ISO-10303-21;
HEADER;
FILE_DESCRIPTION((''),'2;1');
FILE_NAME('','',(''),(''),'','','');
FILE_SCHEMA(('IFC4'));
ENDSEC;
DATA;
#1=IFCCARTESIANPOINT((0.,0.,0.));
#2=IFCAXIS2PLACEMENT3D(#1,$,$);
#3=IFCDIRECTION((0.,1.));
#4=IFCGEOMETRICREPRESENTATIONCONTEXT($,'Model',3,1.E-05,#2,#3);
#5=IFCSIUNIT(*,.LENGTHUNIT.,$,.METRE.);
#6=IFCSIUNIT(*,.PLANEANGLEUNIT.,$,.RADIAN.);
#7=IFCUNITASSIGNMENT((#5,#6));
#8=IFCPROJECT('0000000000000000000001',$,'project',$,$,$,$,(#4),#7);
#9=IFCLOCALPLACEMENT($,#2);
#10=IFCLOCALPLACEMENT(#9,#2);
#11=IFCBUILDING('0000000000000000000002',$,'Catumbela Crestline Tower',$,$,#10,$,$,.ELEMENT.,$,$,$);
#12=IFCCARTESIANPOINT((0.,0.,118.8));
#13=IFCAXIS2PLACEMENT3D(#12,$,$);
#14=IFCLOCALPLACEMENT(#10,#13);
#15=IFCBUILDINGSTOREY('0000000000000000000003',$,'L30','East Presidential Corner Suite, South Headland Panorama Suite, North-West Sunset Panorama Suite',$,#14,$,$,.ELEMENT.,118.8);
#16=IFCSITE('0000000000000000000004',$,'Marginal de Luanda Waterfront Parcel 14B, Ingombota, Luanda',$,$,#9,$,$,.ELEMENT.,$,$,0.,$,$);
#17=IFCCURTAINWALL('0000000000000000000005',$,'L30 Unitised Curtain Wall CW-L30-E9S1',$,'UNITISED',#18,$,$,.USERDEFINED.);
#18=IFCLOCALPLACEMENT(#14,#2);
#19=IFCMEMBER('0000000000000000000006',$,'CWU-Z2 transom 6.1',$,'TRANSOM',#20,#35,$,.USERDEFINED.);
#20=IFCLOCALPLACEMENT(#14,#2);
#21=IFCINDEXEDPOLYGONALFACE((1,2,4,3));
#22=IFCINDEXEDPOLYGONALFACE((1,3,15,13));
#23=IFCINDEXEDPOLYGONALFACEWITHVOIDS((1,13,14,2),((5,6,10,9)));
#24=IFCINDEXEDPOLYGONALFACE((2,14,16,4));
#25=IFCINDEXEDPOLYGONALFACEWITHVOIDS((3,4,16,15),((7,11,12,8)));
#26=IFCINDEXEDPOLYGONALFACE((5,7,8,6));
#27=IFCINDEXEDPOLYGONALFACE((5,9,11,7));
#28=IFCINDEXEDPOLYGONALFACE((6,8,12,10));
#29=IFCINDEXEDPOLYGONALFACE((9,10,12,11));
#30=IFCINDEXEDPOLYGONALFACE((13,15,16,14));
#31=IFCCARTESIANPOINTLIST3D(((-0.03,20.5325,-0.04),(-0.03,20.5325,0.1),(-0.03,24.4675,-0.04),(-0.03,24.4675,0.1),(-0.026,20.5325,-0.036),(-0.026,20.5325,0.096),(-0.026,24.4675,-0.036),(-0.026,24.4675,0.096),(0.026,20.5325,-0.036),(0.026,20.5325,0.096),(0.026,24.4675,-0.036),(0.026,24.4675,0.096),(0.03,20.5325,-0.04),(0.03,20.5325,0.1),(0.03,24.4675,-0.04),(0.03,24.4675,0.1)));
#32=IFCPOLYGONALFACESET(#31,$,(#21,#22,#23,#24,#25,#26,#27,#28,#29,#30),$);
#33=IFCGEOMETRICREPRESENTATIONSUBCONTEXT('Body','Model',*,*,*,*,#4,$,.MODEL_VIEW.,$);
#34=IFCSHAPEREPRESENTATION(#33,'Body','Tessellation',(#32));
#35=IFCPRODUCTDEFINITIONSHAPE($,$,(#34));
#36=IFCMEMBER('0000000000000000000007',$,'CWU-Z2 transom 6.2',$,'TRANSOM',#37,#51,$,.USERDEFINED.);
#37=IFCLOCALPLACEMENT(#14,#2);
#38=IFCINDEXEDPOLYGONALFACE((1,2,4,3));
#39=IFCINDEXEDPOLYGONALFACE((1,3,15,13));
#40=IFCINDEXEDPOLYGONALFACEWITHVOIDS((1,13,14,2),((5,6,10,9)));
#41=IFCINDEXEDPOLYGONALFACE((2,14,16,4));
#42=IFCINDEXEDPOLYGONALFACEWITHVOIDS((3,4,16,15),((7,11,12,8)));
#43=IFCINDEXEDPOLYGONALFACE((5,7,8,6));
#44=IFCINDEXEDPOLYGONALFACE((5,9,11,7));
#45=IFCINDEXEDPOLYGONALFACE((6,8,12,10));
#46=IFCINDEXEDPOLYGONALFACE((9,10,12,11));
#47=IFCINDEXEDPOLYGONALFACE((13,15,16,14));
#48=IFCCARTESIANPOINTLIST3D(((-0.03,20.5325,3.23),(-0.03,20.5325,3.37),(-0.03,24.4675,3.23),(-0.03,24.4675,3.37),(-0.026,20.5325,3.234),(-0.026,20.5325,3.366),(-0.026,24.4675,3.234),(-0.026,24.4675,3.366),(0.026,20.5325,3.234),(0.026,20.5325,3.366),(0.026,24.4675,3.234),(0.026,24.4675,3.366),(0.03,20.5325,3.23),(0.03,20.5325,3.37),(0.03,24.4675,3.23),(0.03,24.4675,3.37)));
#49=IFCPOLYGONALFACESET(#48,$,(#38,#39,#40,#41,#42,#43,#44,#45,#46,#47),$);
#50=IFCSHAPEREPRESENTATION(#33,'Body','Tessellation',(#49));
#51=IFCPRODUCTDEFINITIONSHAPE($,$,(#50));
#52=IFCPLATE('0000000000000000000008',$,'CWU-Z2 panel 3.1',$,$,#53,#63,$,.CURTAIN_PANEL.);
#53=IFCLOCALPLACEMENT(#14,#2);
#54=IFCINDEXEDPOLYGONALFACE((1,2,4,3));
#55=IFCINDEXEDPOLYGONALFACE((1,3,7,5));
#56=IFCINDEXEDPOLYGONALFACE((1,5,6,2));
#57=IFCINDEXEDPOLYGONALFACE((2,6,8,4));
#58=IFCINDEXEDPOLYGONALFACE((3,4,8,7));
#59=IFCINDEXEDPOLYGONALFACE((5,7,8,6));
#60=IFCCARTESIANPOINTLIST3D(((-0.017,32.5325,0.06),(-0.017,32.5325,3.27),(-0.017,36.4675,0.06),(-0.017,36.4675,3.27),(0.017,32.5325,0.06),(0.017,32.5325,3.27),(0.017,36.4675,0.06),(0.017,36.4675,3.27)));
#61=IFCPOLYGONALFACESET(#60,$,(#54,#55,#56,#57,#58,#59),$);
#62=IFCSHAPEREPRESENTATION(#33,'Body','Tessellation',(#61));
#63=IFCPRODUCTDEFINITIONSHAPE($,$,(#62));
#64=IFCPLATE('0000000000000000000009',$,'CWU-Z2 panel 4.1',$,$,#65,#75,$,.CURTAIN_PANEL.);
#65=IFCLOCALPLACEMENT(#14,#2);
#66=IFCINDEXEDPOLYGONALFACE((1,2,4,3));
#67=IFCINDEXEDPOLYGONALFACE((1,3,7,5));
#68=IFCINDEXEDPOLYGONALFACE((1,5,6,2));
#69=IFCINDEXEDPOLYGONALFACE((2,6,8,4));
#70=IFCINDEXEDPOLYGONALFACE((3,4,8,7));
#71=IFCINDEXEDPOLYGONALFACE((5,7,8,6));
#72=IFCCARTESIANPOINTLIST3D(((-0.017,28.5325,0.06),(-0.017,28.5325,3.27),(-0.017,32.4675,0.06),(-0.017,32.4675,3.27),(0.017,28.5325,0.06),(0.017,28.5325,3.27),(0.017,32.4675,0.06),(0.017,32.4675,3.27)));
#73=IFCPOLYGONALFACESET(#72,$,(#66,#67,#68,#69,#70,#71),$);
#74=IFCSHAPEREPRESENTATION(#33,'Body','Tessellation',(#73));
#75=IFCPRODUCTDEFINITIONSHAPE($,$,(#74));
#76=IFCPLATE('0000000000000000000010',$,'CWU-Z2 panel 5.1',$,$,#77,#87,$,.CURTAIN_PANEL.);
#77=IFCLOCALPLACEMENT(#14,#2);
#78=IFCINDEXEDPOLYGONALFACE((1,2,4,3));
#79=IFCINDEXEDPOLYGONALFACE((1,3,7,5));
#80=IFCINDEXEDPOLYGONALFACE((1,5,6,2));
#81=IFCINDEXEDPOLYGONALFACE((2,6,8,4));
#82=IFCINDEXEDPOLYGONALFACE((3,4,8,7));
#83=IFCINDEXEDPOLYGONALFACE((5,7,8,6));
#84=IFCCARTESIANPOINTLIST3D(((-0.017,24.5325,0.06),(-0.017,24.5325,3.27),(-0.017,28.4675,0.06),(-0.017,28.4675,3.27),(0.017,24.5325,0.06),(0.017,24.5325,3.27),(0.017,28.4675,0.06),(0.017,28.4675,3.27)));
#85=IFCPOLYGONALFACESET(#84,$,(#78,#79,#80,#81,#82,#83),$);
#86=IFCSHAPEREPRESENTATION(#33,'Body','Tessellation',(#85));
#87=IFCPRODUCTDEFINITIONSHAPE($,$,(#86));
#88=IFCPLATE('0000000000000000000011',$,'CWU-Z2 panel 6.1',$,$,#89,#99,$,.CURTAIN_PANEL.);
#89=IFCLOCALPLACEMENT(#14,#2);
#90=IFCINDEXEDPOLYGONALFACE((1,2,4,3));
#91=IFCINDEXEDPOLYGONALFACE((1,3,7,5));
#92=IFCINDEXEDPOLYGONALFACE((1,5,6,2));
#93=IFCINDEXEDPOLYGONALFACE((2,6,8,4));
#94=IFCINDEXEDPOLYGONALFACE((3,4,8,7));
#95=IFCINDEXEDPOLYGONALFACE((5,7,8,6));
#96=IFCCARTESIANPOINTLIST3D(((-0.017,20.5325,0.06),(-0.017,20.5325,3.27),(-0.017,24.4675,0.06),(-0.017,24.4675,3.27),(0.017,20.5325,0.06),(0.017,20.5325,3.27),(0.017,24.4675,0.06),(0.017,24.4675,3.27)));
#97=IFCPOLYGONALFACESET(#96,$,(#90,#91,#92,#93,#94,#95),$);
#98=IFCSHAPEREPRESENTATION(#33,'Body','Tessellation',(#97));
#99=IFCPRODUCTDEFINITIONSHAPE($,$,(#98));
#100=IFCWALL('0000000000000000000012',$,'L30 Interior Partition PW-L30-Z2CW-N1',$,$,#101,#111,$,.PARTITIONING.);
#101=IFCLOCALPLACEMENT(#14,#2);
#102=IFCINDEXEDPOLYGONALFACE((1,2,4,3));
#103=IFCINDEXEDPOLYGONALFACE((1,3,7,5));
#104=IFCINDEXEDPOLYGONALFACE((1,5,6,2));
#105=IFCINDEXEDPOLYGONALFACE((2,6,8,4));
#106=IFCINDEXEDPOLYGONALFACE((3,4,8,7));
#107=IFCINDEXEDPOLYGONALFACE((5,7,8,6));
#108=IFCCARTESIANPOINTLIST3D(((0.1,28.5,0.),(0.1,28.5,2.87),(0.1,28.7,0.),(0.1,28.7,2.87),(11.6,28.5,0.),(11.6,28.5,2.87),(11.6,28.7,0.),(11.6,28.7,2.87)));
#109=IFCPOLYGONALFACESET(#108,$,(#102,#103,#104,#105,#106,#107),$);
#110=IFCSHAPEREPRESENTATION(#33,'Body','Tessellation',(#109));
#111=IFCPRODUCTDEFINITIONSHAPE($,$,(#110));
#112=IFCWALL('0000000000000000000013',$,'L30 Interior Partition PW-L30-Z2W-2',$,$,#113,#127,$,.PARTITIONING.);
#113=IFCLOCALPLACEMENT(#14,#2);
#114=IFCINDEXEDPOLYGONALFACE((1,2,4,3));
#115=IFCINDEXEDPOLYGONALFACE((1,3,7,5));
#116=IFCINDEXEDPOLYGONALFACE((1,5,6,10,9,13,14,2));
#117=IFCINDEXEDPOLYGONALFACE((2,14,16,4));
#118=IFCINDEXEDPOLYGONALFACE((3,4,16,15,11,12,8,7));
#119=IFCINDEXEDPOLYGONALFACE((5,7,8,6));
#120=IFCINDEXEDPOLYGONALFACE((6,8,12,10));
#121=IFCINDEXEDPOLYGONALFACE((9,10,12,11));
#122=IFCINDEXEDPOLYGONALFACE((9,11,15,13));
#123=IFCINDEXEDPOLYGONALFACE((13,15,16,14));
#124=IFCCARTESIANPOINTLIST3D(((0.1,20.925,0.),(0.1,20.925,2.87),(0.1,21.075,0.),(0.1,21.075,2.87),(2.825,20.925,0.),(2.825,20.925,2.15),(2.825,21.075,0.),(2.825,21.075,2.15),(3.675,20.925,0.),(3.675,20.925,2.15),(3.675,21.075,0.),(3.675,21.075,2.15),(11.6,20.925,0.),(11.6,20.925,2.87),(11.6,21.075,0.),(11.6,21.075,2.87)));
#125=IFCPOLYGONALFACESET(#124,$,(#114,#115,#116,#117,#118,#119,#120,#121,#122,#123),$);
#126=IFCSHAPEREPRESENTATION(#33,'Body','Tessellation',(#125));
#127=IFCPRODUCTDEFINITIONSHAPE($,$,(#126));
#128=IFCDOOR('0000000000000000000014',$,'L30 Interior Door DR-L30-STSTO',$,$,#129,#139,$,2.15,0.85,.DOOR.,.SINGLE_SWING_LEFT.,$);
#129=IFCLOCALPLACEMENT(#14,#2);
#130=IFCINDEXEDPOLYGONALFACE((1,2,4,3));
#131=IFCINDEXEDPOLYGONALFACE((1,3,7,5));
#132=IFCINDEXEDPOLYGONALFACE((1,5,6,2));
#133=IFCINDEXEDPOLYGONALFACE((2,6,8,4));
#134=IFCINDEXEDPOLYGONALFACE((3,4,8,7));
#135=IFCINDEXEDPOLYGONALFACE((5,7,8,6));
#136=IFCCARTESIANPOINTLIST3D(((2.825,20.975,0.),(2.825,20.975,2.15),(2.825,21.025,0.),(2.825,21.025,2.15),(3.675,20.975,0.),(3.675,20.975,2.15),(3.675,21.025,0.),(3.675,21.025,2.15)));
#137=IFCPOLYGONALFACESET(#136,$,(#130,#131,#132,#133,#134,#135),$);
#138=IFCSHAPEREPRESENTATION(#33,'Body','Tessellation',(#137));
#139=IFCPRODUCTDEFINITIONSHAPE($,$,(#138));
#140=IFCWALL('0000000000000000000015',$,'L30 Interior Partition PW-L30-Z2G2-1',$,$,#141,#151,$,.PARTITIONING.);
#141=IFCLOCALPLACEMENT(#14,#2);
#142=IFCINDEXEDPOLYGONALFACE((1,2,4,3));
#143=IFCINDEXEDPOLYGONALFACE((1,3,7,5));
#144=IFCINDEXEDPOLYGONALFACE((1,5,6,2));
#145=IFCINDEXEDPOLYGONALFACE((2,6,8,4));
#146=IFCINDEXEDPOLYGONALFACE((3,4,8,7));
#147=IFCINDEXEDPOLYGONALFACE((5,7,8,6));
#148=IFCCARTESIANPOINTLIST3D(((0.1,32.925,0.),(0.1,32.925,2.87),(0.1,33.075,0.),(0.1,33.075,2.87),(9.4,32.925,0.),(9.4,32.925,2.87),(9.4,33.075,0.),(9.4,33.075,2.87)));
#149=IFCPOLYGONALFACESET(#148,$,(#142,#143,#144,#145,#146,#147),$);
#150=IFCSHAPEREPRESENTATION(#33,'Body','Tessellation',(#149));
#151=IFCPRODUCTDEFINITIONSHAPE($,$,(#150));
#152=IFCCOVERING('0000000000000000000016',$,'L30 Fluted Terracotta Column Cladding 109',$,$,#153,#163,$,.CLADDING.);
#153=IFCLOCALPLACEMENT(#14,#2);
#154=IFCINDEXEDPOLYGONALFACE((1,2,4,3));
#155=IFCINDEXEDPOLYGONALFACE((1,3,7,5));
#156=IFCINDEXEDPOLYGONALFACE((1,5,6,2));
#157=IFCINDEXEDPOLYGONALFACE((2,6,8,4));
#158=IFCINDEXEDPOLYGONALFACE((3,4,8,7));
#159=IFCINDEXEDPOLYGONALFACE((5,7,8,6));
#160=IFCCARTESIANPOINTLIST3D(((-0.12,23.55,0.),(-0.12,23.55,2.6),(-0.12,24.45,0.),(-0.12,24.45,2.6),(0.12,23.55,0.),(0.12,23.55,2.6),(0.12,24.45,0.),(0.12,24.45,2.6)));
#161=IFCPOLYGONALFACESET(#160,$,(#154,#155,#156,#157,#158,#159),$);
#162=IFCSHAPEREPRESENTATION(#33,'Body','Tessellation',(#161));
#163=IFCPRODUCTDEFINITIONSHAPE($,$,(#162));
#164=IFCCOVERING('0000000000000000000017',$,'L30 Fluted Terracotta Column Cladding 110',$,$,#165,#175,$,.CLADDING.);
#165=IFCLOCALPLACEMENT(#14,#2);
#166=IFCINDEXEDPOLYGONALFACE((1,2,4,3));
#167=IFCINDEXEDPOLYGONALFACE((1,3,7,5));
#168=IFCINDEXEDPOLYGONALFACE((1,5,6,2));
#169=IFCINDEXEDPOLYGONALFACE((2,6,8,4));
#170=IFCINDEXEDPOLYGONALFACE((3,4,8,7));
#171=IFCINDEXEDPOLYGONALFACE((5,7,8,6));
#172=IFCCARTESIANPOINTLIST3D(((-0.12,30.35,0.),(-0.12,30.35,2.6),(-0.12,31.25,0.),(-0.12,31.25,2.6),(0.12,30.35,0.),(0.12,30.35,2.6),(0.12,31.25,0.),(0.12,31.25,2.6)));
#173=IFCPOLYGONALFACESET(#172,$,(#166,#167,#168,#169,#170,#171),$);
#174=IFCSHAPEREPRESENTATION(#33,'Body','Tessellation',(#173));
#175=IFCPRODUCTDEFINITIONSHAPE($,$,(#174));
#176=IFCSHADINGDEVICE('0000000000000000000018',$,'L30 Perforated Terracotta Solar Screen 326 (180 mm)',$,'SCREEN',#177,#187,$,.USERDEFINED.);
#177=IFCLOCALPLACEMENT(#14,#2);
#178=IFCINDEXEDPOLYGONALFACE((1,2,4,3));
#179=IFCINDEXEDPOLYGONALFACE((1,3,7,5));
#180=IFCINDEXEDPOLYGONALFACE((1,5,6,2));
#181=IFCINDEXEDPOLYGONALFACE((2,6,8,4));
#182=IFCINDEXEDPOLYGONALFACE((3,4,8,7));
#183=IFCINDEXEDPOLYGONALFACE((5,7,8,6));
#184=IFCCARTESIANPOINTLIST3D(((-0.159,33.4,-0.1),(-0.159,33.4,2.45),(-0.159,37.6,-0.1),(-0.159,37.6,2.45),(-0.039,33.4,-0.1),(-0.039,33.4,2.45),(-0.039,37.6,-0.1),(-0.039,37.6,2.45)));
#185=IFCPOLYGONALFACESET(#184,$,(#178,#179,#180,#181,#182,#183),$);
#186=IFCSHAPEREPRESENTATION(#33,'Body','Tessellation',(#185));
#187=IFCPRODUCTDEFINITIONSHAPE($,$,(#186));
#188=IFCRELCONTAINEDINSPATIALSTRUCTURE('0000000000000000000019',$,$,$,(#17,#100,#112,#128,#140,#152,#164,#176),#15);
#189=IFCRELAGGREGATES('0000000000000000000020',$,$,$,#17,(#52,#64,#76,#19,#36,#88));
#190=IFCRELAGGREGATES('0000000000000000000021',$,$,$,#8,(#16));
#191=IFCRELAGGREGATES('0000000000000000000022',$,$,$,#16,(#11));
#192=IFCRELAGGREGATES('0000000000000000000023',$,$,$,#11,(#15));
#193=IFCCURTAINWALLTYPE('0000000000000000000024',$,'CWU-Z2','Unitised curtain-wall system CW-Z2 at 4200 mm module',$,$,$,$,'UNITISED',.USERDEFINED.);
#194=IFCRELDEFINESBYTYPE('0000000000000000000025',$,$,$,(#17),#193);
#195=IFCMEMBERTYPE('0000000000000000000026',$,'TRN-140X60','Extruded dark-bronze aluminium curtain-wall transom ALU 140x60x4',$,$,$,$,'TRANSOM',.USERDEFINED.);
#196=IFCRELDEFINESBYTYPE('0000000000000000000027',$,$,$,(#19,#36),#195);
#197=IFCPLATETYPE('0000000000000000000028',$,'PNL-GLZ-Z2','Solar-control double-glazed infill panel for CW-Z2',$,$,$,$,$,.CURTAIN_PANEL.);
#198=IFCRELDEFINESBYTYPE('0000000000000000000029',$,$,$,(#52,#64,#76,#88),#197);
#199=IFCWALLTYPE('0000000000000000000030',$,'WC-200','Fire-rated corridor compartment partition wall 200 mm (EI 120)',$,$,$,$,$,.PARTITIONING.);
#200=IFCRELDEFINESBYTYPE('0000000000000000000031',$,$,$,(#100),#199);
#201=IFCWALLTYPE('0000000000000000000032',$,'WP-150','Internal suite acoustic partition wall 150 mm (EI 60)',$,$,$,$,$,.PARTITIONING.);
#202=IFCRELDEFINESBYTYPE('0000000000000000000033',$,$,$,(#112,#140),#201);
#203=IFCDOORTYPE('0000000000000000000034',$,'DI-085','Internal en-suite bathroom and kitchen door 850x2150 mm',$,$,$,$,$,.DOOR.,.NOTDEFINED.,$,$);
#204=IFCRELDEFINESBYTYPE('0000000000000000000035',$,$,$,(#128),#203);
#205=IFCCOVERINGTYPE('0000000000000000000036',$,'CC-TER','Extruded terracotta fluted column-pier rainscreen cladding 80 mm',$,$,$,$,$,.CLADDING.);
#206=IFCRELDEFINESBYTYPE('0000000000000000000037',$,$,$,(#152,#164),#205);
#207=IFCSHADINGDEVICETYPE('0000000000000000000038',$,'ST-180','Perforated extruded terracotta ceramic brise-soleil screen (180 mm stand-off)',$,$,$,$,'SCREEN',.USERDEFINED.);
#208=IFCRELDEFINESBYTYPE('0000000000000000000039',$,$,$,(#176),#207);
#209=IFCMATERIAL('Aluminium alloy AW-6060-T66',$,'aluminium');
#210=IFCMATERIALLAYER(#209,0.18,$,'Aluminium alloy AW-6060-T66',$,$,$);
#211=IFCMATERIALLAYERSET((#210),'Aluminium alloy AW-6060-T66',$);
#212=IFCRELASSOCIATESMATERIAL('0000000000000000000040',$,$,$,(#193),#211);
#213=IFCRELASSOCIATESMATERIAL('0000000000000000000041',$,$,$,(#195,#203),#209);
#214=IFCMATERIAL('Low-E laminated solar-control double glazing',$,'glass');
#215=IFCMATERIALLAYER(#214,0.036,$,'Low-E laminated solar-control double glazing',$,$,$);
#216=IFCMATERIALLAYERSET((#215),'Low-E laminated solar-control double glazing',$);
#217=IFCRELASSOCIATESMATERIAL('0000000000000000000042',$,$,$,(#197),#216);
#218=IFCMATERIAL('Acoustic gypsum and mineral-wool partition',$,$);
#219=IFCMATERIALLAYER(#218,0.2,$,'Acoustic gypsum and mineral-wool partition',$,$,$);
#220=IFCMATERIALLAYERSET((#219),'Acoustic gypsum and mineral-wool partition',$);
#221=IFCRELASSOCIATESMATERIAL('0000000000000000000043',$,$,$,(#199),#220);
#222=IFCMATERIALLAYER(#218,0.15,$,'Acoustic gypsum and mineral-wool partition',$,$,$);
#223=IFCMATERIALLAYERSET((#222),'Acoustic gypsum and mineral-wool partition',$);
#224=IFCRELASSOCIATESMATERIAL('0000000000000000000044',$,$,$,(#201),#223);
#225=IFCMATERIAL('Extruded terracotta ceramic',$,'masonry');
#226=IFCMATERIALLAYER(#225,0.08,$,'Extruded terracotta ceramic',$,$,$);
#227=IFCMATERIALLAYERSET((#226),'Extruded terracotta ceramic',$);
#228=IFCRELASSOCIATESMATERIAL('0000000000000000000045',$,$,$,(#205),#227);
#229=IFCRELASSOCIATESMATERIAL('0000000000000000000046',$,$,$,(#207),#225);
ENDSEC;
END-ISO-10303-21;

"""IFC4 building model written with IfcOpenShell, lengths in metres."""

from ifc_helpers import new_model, si_unit, direction, frame, frame_2d, origin, origin_2d, place, context, subcontext, project, spatial, rectangle, hollow_rectangle, extrude, material, layer, layer_set, material_profile, profile_set, type_object, element, fill, aggregate, save


model = new_model("IFC4")

# Units and contexts
model_context = context("Model", 3, precision=1e-05, world=origin(), true_north=direction((0.0, 1.0)))
body_context = subcontext(model_context, "Body", "Model", "MODEL_VIEW")
ifc_project = project(units=[si_unit("LENGTHUNIT", "METRE"), si_unit("PLANEANGLEUNIT", "RADIAN")], contexts=[model_context])

# Site, building, storey
site_placement = place(None, origin())
site = spatial("IfcSite", under=ifc_project, at=site_placement, Name="Marginal de Luanda Waterfront Parcel 14B, Ingombota, Luanda", CompositionType="ELEMENT", RefElevation=0.0)
building_placement = place(site_placement, origin())
building = spatial("IfcBuilding", under=site, at=building_placement, Name="Catumbela Crestline Tower", CompositionType="ELEMENT")
storey_placement = place(building_placement, frame((0.0, 0.0, 118.8)))
storey = spatial("IfcBuildingStorey", under=building, at=storey_placement, Name="L30", Description="East Presidential Corner Suite, South Headland Panorama Suite, North-West Sunset Panorama Suite", CompositionType="ELEMENT", Elevation=118.8)

# Curtain wall
ifc_material_1 = material(Name="Aluminium alloy AW-6060-T66", Category="aluminium")
ifc_layer_1 = layer(ifc_material_1, 0.18, Name="Aluminium alloy AW-6060-T66")
ifc_layer_set_1 = layer_set([ifc_layer_1], Name="Aluminium alloy AW-6060-T66")
curtain_wall_type = type_object("IfcCurtainWallType", Name="CWU-Z2", Description="Unitised curtain-wall system CW-Z2 at 4200 mm module", ElementType="UNITISED", PredefinedType="USERDEFINED", material=ifc_layer_set_1)
curtain_wall_placement = place(storey_placement, origin())
curtain_wall = element("IfcCurtainWall", 1, at=curtain_wall_placement, inside=storey, type_object=curtain_wall_type, Name="L30 Unitised Curtain Wall CW-L30-E9S1", ObjectType="UNITISED", PredefinedType="USERDEFINED")

# Members
ifc_material_profile_1 = material_profile(ifc_material_1, hollow_rectangle(XDim=0.06, YDim=0.14, WallThickness=0.004, at=origin_2d()), Name="ALU 140x60x4")
ifc_profile_set_1 = profile_set([ifc_material_profile_1], Name="Aluminium alloy AW-6060-T66")
member_type_1 = type_object("IfcMemberType", Name="TRN-140X60", Description="Extruded dark-bronze aluminium curtain-wall transom ALU 140x60x4", ElementType="TRANSOM", PredefinedType="USERDEFINED", material=ifc_profile_set_1)
member_1_placement = place(storey_placement, frame((0.0, 24.4675, 0.03), z_axis=(0.0, -1.0, 0.0), x_axis=(1.0, 0.0, 0.0)))
member_1 = element("IfcMember", 2, at=member_1_placement, type_object=member_type_1, Name="CWU-Z2 transom 6.1", ObjectType="TRANSOM", PredefinedType="USERDEFINED", context=body_context, shape_type="SweptSolid", body=[
    extrude(hollow_rectangle(XDim=0.06, YDim=0.14, WallThickness=0.004, at=origin_2d()), origin(), (0.0, 0.0, 1.0), 3.935),
])
member_2_placement = place(storey_placement, frame((0.0, 24.4675, 3.3), z_axis=(0.0, -1.0, 0.0), x_axis=(1.0, 0.0, 0.0)))
member_2 = element("IfcMember", 3, at=member_2_placement, type_object=member_type_1, Name="CWU-Z2 transom 6.2", ObjectType="TRANSOM", PredefinedType="USERDEFINED", context=body_context, shape_type="SweptSolid", body=[
    extrude(hollow_rectangle(XDim=0.06, YDim=0.14, WallThickness=0.004, at=origin_2d()), origin(), (0.0, 0.0, 1.0), 3.935),
])

# Plates
ifc_material_2 = material(Name="Low-E laminated solar-control double glazing", Category="glass")
ifc_layer_2 = layer(ifc_material_2, 0.036, Name="Low-E laminated solar-control double glazing")
ifc_layer_set_2 = layer_set([ifc_layer_2], Name="Low-E laminated solar-control double glazing")
plate_type = type_object("IfcPlateType", Name="PNL-GLZ-Z2", Description="Solar-control double-glazed infill panel for CW-Z2", PredefinedType="CURTAIN_PANEL", material=ifc_layer_set_2)
plate_1_placement = place(storey_placement, frame((0.0, 34.5, 0.06), z_axis=(0.0, 0.0, 1.0), x_axis=(0.0, -1.0, 0.0)))
plate_1 = element("IfcPlate", 4, at=plate_1_placement, type_object=plate_type, Name="CWU-Z2 panel 3.1", PredefinedType="CURTAIN_PANEL", context=body_context, shape_type="SweptSolid", body=[
    extrude(rectangle(XDim=3.935, YDim=0.034, at=origin_2d()), origin(), (0.0, 0.0, 1.0), 3.21),
])
plate_2_placement = place(storey_placement, frame((0.0, 30.5, 0.06), z_axis=(0.0, 0.0, 1.0), x_axis=(0.0, -1.0, 0.0)))
plate_2 = element("IfcPlate", 5, at=plate_2_placement, type_object=plate_type, Name="CWU-Z2 panel 4.1", PredefinedType="CURTAIN_PANEL", context=body_context, shape_type="SweptSolid", body=[
    extrude(rectangle(XDim=3.935, YDim=0.034, at=origin_2d()), origin(), (0.0, 0.0, 1.0), 3.21),
])
plate_3_placement = place(storey_placement, frame((0.0, 26.5, 0.06), z_axis=(0.0, 0.0, 1.0), x_axis=(0.0, -1.0, 0.0)))
plate_3 = element("IfcPlate", 6, at=plate_3_placement, type_object=plate_type, Name="CWU-Z2 panel 5.1", PredefinedType="CURTAIN_PANEL", context=body_context, shape_type="SweptSolid", body=[
    extrude(rectangle(XDim=3.935, YDim=0.034, at=origin_2d()), origin(), (0.0, 0.0, 1.0), 3.21),
])
plate_4_placement = place(storey_placement, frame((0.0, 22.5, 0.06), z_axis=(0.0, 0.0, 1.0), x_axis=(0.0, -1.0, 0.0)))
plate_4 = element("IfcPlate", 7, at=plate_4_placement, type_object=plate_type, Name="CWU-Z2 panel 6.1", PredefinedType="CURTAIN_PANEL", context=body_context, shape_type="SweptSolid", body=[
    extrude(rectangle(XDim=3.935, YDim=0.034, at=origin_2d()), origin(), (0.0, 0.0, 1.0), 3.21),
])
aggregate(curtain_wall, [plate_1, plate_2, plate_3, member_1, member_2, plate_4])

# Wall
ifc_material_3 = material(Name="Acoustic gypsum and mineral-wool partition")
ifc_layer_3 = layer(ifc_material_3, 0.2, Name="Acoustic gypsum and mineral-wool partition")
ifc_layer_set_3 = layer_set([ifc_layer_3], Name="Acoustic gypsum and mineral-wool partition")
wall_type_1 = type_object("IfcWallType", Name="WC-200", Description="Fire-rated corridor compartment partition wall 200 mm (EI 120)", PredefinedType="PARTITIONING", material=ifc_layer_set_3)
wall_1_placement = place(storey_placement, frame((0.1, 28.6, 0.0), z_axis=(0.0, 0.0, 1.0), x_axis=(1.0, 0.0, 0.0)))
element("IfcWall", 8, at=wall_1_placement, inside=storey, type_object=wall_type_1, Name="L30 Interior Partition PW-L30-Z2CW-N1", PredefinedType="PARTITIONING", context=body_context, shape_type="SweptSolid", body=[
    extrude(rectangle(XDim=11.5, YDim=0.2, at=frame_2d((5.75, 0.0))), origin(), (0.0, 0.0, 1.0), 2.87),
])

# Wall, opening, door
ifc_layer_4 = layer(ifc_material_3, 0.15, Name="Acoustic gypsum and mineral-wool partition")
ifc_layer_set_4 = layer_set([ifc_layer_4], Name="Acoustic gypsum and mineral-wool partition")
wall_type_2 = type_object("IfcWallType", Name="WP-150", Description="Internal suite acoustic partition wall 150 mm (EI 60)", PredefinedType="PARTITIONING", material=ifc_layer_set_4)
wall_2_placement = place(storey_placement, frame((0.1, 21.0, 0.0), z_axis=(0.0, 0.0, 1.0), x_axis=(1.0, 0.0, 0.0)))
wall_2 = element("IfcWall", 9, at=wall_2_placement, inside=storey, type_object=wall_type_2, Name="L30 Interior Partition PW-L30-Z2W-2", PredefinedType="PARTITIONING", context=body_context, shape_type="SweptSolid", body=[
    extrude(rectangle(XDim=11.5, YDim=0.15, at=frame_2d((5.75, 0.0))), origin(), (0.0, 0.0, 1.0), 2.87),
])
opening_placement = place(wall_2_placement, frame((2.725, 0.0, 0.0)))
opening = element("IfcOpeningElement", 10, at=opening_placement, cuts=wall_2, PredefinedType="OPENING", context=body_context, shape_type="SweptSolid", body=[
    extrude(rectangle(XDim=0.85, YDim=2.15, at=frame_2d((0.425, 1.075))), frame((0.0, 0.085, 0.0), z_axis=(0.0, -1.0, 0.0), x_axis=(1.0, 0.0, 0.0)), (0.0, 0.0, 1.0), 0.17),
])
door_type = type_object("IfcDoorType", Name="DI-085", Description="Internal en-suite bathroom and kitchen door 850x2150 mm", OperationType="NOTDEFINED", PredefinedType="DOOR", material=ifc_material_1)
door_placement = place(opening_placement, origin())
door = element("IfcDoor", 11, at=door_placement, inside=storey, type_object=door_type, Name="L30 Interior Door DR-L30-STSTO", OperationType="SINGLE_SWING_LEFT", OverallHeight=2.15, OverallWidth=0.85, PredefinedType="DOOR", context=body_context, shape_type="SweptSolid", body=[
    extrude(rectangle(XDim=0.85, YDim=2.15, at=frame_2d((0.425, 1.075))), frame((0.0, 0.025, 0.0), z_axis=(0.0, -1.0, 0.0), x_axis=(1.0, 0.0, 0.0)), (0.0, 0.0, 1.0), 0.05),
])
fill(opening, door)

# Wall
wall_3_placement = place(storey_placement, frame((0.1, 33.0, 0.0), z_axis=(0.0, 0.0, 1.0), x_axis=(1.0, 0.0, 0.0)))
element("IfcWall", 12, at=wall_3_placement, inside=storey, type_object=wall_type_2, Name="L30 Interior Partition PW-L30-Z2G2-1", PredefinedType="PARTITIONING", context=body_context, shape_type="SweptSolid", body=[
    extrude(rectangle(XDim=9.3, YDim=0.15, at=frame_2d((4.65, 0.0))), origin(), (0.0, 0.0, 1.0), 2.87),
])

# Coverings
ifc_material_4 = material(Name="Extruded terracotta ceramic", Category="masonry")
ifc_layer_5 = layer(ifc_material_4, 0.08, Name="Extruded terracotta ceramic")
ifc_layer_set_5 = layer_set([ifc_layer_5], Name="Extruded terracotta ceramic")
covering_type = type_object("IfcCoveringType", Name="CC-TER", Description="Extruded terracotta fluted column-pier rainscreen cladding 80 mm", PredefinedType="CLADDING", material=ifc_layer_set_5)
for number, where, z_axis, x_axis, name in (
    (13, (0.0, 24.0, 0.0), (0.0, 0.0, 1.0), (0.0, -1.0, 0.0), "L30 Fluted Terracotta Column Cladding 109"),
    (14, (0.0, 30.8, 0.0), (0.0, 0.0, 1.0), (0.0, -1.0, 0.0), "L30 Fluted Terracotta Column Cladding 110"),
):
    element("IfcCovering", number, at=place(storey_placement, frame(where, z_axis=z_axis, x_axis=x_axis)), inside=storey, type_object=covering_type, Name=name, PredefinedType="CLADDING", context=body_context, shape_type="SweptSolid", body=[
        extrude(rectangle(XDim=0.9, YDim=0.24, at=origin_2d()), origin(), (0.0, 0.0, 1.0), 2.6),
    ])

# Shading device
shading_device_type = type_object("IfcShadingDeviceType", Name="ST-180", Description="Perforated extruded terracotta ceramic brise-soleil screen (180 mm stand-off)", ElementType="SCREEN", PredefinedType="USERDEFINED", material=ifc_material_4)
shading_device_placement = place(storey_placement, frame((-0.099, 35.5, -0.1), z_axis=(0.0, 0.0, 1.0), x_axis=(0.0, -1.0, 0.0)))
element("IfcShadingDevice", 15, at=shading_device_placement, inside=storey, type_object=shading_device_type, Name="L30 Perforated Terracotta Solar Screen 326 (180 mm)", ObjectType="SCREEN", PredefinedType="USERDEFINED", context=body_context, shape_type="SweptSolid", body=[
    extrude(rectangle(XDim=4.2, YDim=0.12, at=origin_2d()), origin(), (0.0, 0.0, 1.0), 2.55),
])

save(model, "model.ifc")
